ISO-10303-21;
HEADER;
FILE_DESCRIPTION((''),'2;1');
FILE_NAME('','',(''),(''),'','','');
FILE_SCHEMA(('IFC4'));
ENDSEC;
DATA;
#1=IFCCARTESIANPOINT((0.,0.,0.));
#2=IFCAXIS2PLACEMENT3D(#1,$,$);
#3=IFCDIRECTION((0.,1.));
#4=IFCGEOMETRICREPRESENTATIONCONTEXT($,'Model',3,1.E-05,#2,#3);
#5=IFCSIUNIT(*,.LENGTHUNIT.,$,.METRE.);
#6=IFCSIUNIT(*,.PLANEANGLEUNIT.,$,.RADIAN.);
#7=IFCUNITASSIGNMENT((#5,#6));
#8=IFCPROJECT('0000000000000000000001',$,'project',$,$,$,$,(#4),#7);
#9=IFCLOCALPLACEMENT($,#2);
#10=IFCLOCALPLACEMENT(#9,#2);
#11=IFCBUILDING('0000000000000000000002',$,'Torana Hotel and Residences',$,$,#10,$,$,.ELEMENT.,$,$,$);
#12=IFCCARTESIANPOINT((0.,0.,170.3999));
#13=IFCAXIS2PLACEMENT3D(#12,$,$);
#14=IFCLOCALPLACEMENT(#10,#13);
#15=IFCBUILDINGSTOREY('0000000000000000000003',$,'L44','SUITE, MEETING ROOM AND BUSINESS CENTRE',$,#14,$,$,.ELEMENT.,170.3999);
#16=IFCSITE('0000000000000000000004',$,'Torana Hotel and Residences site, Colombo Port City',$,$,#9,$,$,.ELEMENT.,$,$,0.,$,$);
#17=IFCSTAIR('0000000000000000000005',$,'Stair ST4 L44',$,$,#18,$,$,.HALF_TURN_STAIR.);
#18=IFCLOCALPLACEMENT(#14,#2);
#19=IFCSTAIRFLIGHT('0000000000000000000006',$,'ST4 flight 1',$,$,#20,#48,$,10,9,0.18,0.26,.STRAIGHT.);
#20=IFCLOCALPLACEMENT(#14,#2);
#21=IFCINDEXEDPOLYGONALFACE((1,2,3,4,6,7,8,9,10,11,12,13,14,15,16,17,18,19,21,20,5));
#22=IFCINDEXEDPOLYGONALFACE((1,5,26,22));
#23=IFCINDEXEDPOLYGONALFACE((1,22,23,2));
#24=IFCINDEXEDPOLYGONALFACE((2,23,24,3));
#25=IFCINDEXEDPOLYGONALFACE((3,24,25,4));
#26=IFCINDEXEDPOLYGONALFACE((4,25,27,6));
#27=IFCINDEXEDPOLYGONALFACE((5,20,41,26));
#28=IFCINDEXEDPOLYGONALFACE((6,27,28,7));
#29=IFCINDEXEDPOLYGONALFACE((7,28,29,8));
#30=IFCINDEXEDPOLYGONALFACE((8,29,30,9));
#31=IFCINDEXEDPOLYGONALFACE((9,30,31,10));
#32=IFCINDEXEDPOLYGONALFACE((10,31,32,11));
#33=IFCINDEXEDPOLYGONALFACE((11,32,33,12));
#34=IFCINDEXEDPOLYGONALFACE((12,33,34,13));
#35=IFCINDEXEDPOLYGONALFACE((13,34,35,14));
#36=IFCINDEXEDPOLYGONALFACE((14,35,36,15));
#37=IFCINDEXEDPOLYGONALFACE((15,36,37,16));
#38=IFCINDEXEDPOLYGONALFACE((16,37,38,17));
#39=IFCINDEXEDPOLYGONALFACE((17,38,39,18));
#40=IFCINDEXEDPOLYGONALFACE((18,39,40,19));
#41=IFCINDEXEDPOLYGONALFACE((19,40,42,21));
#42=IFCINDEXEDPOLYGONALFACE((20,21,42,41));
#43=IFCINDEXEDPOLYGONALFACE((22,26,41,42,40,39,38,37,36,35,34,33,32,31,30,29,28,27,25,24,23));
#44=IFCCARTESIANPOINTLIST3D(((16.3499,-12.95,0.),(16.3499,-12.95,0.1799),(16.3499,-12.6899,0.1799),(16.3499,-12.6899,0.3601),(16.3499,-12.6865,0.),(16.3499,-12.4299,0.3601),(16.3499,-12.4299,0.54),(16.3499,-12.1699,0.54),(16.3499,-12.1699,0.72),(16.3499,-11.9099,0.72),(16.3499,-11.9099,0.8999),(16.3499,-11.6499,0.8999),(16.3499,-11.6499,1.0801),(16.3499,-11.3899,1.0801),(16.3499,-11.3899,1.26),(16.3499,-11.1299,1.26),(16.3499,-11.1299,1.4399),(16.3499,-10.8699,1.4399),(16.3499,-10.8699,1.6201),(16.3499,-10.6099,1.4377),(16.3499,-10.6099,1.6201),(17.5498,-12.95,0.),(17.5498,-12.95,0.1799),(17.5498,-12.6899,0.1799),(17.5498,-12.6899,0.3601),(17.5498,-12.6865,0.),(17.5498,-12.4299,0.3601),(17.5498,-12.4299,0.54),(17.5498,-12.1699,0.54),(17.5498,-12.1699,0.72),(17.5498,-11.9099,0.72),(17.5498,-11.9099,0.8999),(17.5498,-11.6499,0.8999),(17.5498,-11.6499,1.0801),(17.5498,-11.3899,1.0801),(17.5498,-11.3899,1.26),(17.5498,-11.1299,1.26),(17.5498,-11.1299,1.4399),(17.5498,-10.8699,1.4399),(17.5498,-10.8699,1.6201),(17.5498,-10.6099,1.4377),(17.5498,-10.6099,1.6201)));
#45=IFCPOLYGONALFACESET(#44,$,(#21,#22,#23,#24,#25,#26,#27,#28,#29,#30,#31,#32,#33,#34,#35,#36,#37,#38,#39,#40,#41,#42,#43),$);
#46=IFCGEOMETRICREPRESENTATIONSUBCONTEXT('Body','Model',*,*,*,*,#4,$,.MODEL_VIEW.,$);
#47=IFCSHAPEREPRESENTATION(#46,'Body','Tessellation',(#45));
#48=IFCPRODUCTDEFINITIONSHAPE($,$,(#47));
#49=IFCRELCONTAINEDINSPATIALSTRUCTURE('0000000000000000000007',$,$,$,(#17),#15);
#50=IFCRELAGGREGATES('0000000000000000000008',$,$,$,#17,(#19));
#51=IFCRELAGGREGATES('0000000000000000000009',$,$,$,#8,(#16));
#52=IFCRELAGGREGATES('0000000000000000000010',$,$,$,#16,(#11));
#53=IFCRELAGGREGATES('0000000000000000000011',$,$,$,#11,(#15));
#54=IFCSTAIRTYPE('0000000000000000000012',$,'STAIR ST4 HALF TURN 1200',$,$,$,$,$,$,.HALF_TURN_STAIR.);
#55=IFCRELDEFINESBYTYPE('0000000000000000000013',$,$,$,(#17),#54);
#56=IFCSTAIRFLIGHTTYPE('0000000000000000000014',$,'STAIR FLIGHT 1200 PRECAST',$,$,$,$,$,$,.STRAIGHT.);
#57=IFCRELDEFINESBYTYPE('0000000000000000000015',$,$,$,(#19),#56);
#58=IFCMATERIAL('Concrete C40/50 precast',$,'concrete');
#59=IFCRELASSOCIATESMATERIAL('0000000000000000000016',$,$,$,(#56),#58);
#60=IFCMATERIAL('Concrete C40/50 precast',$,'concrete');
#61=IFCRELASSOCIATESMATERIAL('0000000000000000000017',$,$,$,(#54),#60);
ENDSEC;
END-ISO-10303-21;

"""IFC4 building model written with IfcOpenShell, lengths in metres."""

from ifc_helpers import new_model, si_unit, direction, frame, origin, place, context, subcontext, project, spatial, polyline, outline, extrude, material, type_object, element, aggregate, save


model = new_model("IFC4")

# Units and contexts
model_context = context("Model", 3, precision=1e-05, world=origin(), true_north=direction((0.0, 1.0)))
body_context = subcontext(model_context, "Body", "Model", "MODEL_VIEW")
ifc_project = project(units=[si_unit("LENGTHUNIT", "METRE"), si_unit("PLANEANGLEUNIT", "RADIAN")], contexts=[model_context])

# Site, building, storey
site_placement = place(None, origin())
site = spatial("IfcSite", under=ifc_project, at=site_placement, Name="Torana Hotel and Residences site, Colombo Port City", CompositionType="ELEMENT", RefElevation=0.0)
building_placement = place(site_placement, origin())
building = spatial("IfcBuilding", under=site, at=building_placement, Name="Torana Hotel and Residences", CompositionType="ELEMENT")
storey_placement = place(building_placement, frame((0.0, 0.0, 170.3999)))
storey = spatial("IfcBuildingStorey", under=building, at=storey_placement, Name="L44", Description="SUITE, MEETING ROOM AND BUSINESS CENTRE", CompositionType="ELEMENT", Elevation=170.3999)

# Stair, stair flight
ifc_material_1 = material(Name="Concrete C40/50 precast", Category="concrete")
stair_flight_type = type_object("IfcStairFlightType", Name="STAIR FLIGHT 1200 PRECAST", PredefinedType="STRAIGHT", material=ifc_material_1)
ifc_material_2 = material(Name="Concrete C40/50 precast", Category="concrete")
stair_type_1 = type_object("IfcStairType", Name="STAIR ST4 HALF TURN 1200", PredefinedType="HALF_TURN_STAIR", material=ifc_material_2)
stair_1_placement = place(storey_placement, origin())
stair_1 = element("IfcStair", 1, at=stair_1_placement, inside=storey, type_object=stair_type_1, Name="Stair ST4 L44", PredefinedType="HALF_TURN_STAIR")
stair_flight_1_placement = place(storey_placement, frame((16.95, -12.95, 0.0), z_axis=(0.0, 0.0, 1.0), x_axis=(0.0, 1.0, 0.0)))
stair_flight_1 = element("IfcStairFlight", 2, at=stair_flight_1_placement, type_object=stair_flight_type, Name="ST4 flight 1", NumberOfRisers=10, NumberOfTreads=9, PredefinedType="STRAIGHT", RiserHeight=0.18, TreadLength=0.26, context=body_context, shape_type="SweptSolid", body=[
    extrude(outline(polyline([(0.0, 0.0), (0.0, 0.1799), (0.26, 0.1799), (0.26, 0.3601), (0.52, 0.3601), (0.52, 0.54), (0.78, 0.54), (0.78, 0.72), (1.04, 0.72), (1.04, 0.8999), (1.3, 0.8999), (1.3, 1.0801), (1.5601, 1.0801), (1.5601, 1.26), (1.8201, 1.26), (1.8201, 1.4399), (2.0801, 1.4399), (2.0801, 1.6201), (2.3401, 1.6201), (2.3401, 1.8), (2.3401, 1.4377), (0.2634, 0.0), (0.0, 0.0)])), frame((0.0, 0.6001, 0.0), z_axis=(0.0, -1.0, 0.0), x_axis=(1.0, 0.0, 0.0)), (0.0, 0.0, 1.0), 1.2),
])
aggregate(stair_1, [stair_flight_1])

save(model, "model.ifc")
